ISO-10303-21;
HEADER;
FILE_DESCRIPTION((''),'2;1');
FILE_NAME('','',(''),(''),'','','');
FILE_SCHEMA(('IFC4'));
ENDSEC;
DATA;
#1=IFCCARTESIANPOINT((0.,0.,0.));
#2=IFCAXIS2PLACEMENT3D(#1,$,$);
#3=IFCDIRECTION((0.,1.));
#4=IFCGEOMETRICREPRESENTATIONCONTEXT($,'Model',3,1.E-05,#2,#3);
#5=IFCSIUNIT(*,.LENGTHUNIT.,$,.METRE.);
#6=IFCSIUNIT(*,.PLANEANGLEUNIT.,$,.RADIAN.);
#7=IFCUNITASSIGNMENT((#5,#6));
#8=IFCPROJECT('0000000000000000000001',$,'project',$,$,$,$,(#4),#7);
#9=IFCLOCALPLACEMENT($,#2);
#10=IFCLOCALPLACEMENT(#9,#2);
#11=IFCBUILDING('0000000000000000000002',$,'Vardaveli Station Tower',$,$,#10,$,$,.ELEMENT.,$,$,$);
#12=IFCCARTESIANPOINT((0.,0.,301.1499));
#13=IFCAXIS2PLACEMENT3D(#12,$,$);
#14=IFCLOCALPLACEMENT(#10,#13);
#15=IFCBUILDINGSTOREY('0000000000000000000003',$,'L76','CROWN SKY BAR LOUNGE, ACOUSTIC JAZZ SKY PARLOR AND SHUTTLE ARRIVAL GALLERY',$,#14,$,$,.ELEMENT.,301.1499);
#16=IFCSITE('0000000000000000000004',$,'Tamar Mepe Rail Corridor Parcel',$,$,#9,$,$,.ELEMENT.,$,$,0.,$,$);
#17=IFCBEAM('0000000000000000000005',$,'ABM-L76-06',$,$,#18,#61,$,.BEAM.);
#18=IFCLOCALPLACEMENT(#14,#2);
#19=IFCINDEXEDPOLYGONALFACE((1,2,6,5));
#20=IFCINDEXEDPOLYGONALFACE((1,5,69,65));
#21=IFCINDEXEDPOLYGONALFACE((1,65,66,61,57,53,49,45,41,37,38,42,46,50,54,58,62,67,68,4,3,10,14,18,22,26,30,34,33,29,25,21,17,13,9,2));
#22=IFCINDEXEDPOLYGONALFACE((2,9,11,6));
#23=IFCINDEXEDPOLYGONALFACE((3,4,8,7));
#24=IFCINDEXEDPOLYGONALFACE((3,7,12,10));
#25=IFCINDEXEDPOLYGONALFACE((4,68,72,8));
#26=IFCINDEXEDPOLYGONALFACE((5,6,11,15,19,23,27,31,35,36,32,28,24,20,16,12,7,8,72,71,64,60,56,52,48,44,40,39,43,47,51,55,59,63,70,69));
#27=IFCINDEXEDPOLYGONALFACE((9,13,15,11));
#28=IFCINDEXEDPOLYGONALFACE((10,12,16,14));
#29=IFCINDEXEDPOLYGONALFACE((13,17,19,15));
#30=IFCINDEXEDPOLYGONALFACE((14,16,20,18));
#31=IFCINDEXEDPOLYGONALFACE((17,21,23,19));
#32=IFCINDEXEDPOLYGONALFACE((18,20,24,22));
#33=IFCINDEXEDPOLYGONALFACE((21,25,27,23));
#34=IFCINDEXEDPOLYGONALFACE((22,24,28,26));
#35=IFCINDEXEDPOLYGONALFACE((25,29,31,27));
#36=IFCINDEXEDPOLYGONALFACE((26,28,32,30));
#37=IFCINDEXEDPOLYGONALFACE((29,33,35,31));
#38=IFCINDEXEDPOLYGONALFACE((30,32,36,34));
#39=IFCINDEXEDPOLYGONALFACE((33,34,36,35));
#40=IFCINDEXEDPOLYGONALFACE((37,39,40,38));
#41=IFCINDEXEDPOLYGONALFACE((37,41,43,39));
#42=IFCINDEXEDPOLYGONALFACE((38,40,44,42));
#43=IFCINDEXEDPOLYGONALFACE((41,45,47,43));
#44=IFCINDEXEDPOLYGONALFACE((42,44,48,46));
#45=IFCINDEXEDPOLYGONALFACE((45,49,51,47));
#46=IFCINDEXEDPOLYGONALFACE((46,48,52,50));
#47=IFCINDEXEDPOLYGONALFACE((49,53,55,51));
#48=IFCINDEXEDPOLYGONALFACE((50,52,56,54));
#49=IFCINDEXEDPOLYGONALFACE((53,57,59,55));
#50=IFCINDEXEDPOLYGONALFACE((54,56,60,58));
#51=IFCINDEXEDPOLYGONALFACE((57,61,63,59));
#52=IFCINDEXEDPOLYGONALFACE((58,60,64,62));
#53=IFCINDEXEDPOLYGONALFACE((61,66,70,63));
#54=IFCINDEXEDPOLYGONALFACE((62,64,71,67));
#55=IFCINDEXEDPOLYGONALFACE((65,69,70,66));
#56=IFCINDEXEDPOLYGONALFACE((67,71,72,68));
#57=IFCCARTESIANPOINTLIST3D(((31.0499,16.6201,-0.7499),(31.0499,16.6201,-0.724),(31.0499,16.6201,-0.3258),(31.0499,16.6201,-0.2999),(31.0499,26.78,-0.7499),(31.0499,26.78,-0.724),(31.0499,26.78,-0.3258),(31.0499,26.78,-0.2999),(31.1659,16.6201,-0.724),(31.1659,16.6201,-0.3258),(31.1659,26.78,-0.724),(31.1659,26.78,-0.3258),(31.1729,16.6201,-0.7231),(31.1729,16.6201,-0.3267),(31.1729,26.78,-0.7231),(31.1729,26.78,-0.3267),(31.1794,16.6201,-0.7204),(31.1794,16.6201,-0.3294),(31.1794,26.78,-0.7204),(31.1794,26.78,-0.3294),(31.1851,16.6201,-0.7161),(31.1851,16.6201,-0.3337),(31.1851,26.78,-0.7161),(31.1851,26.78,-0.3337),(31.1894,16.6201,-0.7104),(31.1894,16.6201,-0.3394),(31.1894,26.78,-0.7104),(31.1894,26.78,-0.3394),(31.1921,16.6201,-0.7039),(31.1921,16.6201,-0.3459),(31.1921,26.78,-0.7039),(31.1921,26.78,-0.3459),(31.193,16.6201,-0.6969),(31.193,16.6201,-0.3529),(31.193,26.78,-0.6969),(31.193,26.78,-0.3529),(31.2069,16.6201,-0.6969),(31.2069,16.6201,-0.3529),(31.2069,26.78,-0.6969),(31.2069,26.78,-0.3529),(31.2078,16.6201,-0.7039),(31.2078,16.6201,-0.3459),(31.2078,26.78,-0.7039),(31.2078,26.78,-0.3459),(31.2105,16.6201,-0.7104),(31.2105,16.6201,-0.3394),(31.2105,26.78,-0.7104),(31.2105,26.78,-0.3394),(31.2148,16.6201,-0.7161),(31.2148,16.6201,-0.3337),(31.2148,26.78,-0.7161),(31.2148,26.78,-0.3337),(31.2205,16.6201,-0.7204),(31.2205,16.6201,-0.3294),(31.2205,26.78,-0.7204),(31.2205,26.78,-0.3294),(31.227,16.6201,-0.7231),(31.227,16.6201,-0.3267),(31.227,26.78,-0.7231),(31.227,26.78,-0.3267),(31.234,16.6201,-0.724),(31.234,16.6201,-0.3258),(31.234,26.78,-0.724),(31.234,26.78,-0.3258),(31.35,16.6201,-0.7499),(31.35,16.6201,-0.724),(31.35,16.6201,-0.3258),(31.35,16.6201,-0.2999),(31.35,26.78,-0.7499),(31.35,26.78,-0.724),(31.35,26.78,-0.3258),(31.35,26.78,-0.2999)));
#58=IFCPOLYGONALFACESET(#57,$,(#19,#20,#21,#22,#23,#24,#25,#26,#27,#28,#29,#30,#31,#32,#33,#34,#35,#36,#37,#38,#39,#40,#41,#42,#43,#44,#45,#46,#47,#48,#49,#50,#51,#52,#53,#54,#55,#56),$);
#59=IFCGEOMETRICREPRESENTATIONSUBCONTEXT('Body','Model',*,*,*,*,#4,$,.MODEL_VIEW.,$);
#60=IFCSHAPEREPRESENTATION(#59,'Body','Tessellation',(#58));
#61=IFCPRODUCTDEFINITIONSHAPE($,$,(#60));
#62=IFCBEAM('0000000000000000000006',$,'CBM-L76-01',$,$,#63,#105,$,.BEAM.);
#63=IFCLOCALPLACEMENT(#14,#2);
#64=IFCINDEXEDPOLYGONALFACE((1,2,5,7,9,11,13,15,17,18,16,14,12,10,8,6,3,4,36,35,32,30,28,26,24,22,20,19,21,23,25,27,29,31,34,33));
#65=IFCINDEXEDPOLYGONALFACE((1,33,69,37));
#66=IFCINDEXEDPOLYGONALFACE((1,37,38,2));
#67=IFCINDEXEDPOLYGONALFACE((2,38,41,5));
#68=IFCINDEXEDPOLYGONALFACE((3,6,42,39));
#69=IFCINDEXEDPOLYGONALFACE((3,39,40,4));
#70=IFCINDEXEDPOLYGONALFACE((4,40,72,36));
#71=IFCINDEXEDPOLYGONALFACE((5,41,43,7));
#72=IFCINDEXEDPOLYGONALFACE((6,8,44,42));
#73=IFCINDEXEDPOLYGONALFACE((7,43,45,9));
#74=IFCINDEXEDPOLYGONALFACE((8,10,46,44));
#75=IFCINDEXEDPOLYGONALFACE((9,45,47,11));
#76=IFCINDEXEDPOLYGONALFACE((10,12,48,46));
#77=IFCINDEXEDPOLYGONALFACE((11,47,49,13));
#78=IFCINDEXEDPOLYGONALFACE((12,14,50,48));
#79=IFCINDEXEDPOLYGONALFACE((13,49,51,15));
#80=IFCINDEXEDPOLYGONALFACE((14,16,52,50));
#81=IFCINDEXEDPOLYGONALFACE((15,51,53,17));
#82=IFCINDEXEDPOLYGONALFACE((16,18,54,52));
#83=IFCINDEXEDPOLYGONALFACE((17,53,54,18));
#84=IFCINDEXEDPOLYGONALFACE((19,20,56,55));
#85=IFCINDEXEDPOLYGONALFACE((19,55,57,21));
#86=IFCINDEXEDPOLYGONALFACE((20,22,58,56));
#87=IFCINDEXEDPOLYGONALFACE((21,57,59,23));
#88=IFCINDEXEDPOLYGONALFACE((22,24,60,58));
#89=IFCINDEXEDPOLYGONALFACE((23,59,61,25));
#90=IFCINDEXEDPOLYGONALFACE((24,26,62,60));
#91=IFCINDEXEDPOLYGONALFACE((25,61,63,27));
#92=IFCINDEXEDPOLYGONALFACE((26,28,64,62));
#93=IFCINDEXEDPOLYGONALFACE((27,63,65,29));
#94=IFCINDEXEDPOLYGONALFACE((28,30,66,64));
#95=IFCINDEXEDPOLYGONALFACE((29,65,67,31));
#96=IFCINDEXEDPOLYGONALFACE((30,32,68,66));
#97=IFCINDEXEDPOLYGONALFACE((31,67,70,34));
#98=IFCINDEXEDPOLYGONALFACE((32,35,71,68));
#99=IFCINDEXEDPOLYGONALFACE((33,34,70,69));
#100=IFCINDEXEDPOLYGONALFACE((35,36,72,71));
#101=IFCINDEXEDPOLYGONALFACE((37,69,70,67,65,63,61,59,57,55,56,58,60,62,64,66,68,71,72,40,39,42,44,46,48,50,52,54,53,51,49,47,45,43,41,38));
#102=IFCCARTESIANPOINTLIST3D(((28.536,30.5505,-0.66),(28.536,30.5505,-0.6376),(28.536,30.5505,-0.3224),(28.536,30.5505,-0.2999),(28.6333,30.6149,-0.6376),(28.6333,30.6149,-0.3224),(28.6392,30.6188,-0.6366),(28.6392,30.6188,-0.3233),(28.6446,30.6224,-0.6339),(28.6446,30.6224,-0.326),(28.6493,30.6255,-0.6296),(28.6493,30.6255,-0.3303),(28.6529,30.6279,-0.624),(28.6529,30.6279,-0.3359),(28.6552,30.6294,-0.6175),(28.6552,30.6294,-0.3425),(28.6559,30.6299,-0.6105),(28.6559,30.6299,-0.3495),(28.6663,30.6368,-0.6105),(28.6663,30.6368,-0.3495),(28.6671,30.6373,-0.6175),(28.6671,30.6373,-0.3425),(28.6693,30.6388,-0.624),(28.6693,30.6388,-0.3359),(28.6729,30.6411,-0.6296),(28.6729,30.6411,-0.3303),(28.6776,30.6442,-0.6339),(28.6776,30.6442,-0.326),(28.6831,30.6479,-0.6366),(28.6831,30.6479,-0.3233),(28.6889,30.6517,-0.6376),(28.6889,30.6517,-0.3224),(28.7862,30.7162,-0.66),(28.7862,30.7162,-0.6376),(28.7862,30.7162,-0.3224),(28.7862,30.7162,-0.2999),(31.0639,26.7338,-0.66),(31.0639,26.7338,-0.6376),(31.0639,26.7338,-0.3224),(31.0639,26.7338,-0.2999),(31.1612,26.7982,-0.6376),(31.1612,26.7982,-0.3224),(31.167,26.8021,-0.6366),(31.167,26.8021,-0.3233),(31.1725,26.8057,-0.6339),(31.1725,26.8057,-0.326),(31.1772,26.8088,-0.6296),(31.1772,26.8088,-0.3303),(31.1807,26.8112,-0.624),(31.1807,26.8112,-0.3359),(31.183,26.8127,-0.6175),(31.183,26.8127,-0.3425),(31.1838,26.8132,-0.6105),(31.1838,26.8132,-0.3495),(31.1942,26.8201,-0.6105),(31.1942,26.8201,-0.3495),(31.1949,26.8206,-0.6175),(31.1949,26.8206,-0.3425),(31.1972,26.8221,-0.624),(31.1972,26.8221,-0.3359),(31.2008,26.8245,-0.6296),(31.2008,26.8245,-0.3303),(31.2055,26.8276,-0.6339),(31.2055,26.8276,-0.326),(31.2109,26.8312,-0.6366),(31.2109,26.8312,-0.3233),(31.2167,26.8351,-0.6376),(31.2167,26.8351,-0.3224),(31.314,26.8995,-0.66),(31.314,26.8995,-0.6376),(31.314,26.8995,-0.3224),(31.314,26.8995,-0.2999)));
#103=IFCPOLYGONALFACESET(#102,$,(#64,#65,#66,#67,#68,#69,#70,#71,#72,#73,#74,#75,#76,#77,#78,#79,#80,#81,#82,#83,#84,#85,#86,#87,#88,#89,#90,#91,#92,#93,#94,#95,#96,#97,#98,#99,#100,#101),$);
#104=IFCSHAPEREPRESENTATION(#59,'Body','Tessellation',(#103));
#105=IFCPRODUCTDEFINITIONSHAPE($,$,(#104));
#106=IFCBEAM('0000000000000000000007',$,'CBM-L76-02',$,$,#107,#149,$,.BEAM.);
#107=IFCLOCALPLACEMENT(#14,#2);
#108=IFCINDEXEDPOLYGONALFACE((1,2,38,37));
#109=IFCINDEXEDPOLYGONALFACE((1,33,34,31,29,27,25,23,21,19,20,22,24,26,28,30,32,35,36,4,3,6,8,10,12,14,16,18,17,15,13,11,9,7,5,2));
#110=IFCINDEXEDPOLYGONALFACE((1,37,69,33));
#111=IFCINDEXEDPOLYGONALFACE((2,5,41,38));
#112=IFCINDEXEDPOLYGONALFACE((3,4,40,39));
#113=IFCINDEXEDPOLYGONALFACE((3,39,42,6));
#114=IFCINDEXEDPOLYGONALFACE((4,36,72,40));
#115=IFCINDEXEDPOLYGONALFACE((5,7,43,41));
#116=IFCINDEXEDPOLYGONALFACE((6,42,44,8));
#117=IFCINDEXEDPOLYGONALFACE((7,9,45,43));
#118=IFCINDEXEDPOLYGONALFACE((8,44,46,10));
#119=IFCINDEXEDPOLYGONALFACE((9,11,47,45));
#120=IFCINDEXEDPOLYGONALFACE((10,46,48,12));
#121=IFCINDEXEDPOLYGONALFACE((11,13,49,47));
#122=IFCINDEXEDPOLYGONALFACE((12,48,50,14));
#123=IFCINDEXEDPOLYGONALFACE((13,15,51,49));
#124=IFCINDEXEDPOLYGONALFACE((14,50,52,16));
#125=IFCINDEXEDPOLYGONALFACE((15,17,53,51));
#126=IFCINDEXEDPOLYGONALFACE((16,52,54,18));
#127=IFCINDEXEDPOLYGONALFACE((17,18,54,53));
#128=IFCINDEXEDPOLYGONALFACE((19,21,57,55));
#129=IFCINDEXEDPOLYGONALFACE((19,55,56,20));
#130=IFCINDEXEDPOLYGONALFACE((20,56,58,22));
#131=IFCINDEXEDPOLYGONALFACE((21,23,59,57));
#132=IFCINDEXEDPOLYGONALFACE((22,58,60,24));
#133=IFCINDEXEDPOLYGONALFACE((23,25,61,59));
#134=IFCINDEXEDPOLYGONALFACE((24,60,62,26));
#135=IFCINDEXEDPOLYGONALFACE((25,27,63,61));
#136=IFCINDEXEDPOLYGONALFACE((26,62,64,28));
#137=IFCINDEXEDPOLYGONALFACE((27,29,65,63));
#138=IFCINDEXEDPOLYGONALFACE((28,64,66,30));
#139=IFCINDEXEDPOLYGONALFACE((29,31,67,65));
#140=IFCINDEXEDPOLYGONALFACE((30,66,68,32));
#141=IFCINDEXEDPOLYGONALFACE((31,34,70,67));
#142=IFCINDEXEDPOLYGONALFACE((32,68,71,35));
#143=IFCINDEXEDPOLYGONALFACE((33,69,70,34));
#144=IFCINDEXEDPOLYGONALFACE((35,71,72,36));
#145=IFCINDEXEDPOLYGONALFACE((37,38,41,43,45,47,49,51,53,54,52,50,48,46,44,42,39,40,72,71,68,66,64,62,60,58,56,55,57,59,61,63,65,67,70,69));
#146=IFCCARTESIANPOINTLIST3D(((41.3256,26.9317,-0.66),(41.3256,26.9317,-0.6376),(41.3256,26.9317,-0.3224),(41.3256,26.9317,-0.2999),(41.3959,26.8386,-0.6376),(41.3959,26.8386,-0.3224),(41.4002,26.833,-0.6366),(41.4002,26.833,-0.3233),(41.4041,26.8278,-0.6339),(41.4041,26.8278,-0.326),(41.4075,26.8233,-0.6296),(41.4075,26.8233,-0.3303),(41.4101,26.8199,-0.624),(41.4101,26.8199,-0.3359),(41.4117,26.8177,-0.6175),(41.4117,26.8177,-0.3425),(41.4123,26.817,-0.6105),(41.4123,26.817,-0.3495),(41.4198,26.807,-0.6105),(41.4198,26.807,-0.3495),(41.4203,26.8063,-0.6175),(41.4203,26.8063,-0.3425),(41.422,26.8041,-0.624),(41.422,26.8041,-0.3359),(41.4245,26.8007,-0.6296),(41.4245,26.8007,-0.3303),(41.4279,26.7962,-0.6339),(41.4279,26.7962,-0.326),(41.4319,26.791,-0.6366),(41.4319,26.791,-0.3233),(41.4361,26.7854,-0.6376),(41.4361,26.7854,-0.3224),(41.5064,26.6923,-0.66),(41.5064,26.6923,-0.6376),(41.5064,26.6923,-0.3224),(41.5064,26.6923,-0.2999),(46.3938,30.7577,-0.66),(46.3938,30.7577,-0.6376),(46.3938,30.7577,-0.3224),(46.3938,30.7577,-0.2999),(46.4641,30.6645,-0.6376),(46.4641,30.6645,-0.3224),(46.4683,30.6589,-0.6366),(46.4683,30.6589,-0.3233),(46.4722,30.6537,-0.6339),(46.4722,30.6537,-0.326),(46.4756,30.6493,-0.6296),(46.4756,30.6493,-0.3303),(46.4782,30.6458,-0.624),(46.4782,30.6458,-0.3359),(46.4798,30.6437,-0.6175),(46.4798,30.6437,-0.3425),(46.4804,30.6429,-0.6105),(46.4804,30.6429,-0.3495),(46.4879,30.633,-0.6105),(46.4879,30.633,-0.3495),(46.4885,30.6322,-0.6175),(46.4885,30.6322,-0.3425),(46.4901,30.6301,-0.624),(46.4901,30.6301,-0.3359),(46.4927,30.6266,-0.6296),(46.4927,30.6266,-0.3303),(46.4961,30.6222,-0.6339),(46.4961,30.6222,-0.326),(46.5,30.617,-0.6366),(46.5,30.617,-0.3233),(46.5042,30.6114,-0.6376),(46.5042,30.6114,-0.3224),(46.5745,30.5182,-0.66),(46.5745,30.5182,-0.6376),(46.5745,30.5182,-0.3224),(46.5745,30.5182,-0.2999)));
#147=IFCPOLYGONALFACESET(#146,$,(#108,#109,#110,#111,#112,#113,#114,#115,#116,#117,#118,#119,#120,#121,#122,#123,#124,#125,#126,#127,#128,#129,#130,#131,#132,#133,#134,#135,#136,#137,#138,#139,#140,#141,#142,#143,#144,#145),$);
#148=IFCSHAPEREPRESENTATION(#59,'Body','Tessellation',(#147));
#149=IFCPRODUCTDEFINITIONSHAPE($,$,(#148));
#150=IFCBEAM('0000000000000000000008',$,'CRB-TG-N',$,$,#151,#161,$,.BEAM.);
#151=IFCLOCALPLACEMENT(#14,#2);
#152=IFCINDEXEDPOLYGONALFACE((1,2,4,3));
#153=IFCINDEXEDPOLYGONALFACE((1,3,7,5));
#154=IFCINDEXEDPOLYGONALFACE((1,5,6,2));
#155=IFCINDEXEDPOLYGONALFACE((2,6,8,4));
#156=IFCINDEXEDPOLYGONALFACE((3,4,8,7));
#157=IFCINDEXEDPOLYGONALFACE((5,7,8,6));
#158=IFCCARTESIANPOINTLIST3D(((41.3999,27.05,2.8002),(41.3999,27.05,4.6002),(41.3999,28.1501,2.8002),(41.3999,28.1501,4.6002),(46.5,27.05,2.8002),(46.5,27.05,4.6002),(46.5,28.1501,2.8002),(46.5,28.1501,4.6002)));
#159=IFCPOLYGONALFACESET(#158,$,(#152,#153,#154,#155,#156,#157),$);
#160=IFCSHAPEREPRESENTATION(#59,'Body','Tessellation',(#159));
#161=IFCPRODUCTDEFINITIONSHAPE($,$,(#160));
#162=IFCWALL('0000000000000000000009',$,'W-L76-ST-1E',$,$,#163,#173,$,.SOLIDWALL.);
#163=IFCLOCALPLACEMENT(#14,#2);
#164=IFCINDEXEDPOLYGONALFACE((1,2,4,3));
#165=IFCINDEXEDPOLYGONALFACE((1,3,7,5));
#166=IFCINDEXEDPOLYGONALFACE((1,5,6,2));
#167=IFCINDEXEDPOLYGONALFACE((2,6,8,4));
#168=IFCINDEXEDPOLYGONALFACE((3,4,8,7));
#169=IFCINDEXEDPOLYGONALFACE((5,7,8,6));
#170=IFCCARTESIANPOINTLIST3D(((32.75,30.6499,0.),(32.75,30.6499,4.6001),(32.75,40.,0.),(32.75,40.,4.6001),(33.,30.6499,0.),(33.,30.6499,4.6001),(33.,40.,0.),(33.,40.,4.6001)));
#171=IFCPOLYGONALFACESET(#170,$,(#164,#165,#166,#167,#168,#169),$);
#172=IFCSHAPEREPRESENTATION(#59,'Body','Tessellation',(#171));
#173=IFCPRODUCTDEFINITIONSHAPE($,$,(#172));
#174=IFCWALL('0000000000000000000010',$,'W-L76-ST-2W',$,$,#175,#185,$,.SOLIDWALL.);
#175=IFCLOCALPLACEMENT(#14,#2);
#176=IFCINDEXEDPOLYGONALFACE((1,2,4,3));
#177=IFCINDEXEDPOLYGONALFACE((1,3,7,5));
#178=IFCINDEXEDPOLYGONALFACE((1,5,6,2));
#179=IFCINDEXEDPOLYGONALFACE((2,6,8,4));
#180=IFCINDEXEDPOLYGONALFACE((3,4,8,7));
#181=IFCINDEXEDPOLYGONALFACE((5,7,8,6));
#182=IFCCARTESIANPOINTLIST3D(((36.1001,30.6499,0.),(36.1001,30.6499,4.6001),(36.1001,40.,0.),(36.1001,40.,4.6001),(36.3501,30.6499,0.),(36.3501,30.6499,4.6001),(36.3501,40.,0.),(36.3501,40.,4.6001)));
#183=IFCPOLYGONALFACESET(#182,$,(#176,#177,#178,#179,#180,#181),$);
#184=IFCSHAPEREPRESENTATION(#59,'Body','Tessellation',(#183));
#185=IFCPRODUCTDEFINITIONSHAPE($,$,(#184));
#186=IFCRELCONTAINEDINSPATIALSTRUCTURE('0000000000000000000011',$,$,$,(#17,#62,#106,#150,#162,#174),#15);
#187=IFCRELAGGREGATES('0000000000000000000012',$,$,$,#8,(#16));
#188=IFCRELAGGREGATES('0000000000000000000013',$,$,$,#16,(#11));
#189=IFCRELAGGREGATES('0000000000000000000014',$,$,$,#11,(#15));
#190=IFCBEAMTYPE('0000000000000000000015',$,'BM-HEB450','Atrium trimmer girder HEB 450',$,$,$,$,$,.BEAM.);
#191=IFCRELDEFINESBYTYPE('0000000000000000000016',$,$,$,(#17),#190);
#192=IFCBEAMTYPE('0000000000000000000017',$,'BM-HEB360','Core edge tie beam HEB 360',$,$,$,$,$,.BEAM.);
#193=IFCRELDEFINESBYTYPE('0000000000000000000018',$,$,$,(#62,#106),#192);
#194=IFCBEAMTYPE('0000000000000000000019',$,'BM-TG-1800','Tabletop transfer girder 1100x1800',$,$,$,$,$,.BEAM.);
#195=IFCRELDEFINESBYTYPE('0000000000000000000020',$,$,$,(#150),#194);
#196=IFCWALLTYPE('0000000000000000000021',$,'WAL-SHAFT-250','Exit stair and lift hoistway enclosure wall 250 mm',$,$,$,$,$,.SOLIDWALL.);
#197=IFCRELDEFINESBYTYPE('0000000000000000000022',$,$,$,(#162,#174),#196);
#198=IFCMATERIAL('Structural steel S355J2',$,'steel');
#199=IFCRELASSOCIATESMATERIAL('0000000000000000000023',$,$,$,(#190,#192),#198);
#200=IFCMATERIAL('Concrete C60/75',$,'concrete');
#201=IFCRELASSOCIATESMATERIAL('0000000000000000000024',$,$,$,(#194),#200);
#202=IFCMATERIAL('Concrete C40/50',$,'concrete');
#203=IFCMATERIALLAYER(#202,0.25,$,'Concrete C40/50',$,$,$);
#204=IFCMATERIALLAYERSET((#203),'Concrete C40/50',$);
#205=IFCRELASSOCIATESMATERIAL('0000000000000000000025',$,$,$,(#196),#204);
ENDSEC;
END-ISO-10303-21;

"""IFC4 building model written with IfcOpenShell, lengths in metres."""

from ifc_helpers import new_model, si_unit, direction, frame, frame_2d, origin, origin_2d, place, context, subcontext, project, spatial, rectangle, i_section, extrude, source, transform, mapped, material, layer, layer_set, material_profile, profile_set, type_object, element, save


model = new_model("IFC4")

# Units and contexts
model_context = context("Model", 3, precision=1e-05, world=origin(), true_north=direction((0.0, 1.0)))
body_context = subcontext(model_context, "Body", "Model", "MODEL_VIEW")
ifc_project = project(units=[si_unit("LENGTHUNIT", "METRE"), si_unit("PLANEANGLEUNIT", "RADIAN")], contexts=[model_context])

# Site, building, storey
site_placement = place(None, origin())
site = spatial("IfcSite", under=ifc_project, at=site_placement, Name="Tamar Mepe Rail Corridor Parcel", CompositionType="ELEMENT", RefElevation=0.0)
building_placement = place(site_placement, origin())
building = spatial("IfcBuilding", under=site, at=building_placement, Name="Vardaveli Station Tower", CompositionType="ELEMENT")
storey_placement = place(building_placement, frame((0.0, 0.0, 301.1499)))
storey = spatial("IfcBuildingStorey", under=building, at=storey_placement, Name="L76", Description="CROWN SKY BAR LOUNGE, ACOUSTIC JAZZ SKY PARLOR AND SHUTTLE ARRIVAL GALLERY", CompositionType="ELEMENT", Elevation=301.1499)

# Beams
ifc_material_1 = material(Name="Structural steel S355J2", Category="steel")
ifc_material_profile_1 = material_profile(ifc_material_1, i_section(OverallWidth=0.3, OverallDepth=0.45, WebThickness=0.0139, FlangeThickness=0.0259, FilletRadius=0.0271, at=origin_2d()), Name="HEB 450")
ifc_profile_set_1 = profile_set([ifc_material_profile_1], Name="Structural steel S355J2")
beam_type_1 = type_object("IfcBeamType", Name="BM-HEB450", Description="Atrium trimmer girder HEB 450", PredefinedType="BEAM", material=ifc_profile_set_1)
shared_shape_1 = source(origin(), body_context, "Body", "SweptSolid", [
    extrude(i_section(OverallWidth=0.3, OverallDepth=0.45, WebThickness=0.0139, FlangeThickness=0.0259, FilletRadius=0.0271, at=origin_2d()), origin(), (0.0, 0.0, 1.0), 10.1599),
])
beam_1_placement = place(storey_placement, frame((31.2, 26.78, -0.5249), z_axis=(0.0, -1.0, 0.0), x_axis=(1.0, 0.0, 0.0)))
element("IfcBeam", 1, at=beam_1_placement, inside=storey, type_object=beam_type_1, Name="ABM-L76-06", PredefinedType="BEAM", context=body_context, shape_type="MappedRepresentation", body=[
    mapped(shared_shape_1, transform((0.0, 0.0, 0.0), scale=1.0)),
])
ifc_material_profile_2 = material_profile(ifc_material_1, i_section(OverallWidth=0.3, OverallDepth=0.3601, WebThickness=0.0125, FlangeThickness=0.0225, FilletRadius=0.0271, at=origin_2d()), Name="HEB 360")
ifc_profile_set_2 = profile_set([ifc_material_profile_2], Name="Structural steel S355J2")
beam_type_2 = type_object("IfcBeamType", Name="BM-HEB360", Description="Core edge tie beam HEB 360", PredefinedType="BEAM", material=ifc_profile_set_2)
shared_shape_2 = source(origin(), body_context, "Body", "SweptSolid", [
    extrude(i_section(OverallWidth=0.3, OverallDepth=0.3601, WebThickness=0.0125, FlangeThickness=0.0225, FilletRadius=0.0271, at=origin_2d()), origin(), (0.0, 0.0, 1.0), 4.5779),
])
beam_2_placement = place(storey_placement, frame((31.189, 26.8167, -0.48), z_axis=(-0.552187, 0.83372, 0.0), x_axis=(-0.83372, -0.552187, 0.0)))
element("IfcBeam", 2, at=beam_2_placement, inside=storey, type_object=beam_type_2, Name="CBM-L76-01", PredefinedType="BEAM", context=body_context, shape_type="MappedRepresentation", body=[
    mapped(shared_shape_2, transform((0.0, 0.0, 0.0), scale=1.0)),
])
shared_shape_3 = source(origin(), body_context, "Body", "SweptSolid", [
    extrude(i_section(OverallWidth=0.3, OverallDepth=0.3601, WebThickness=0.0125, FlangeThickness=0.0225, FilletRadius=0.0271, at=origin_2d()), origin(), (0.0, 0.0, 1.0), 6.3501),
])
beam_3_placement = place(storey_placement, frame((41.416, 26.812, -0.48), z_axis=(0.798118, 0.602501, 0.0), x_axis=(-0.602501, 0.798118, 0.0)))
element("IfcBeam", 3, at=beam_3_placement, inside=storey, type_object=beam_type_2, Name="CBM-L76-02", PredefinedType="BEAM", context=body_context, shape_type="MappedRepresentation", body=[
    mapped(shared_shape_3, transform((0.0, 0.0, 0.0), scale=1.0)),
])
ifc_material_2 = material(Name="Concrete C60/75", Category="concrete")
ifc_material_profile_3 = material_profile(ifc_material_2, rectangle(XDim=1.1001, YDim=1.8, at=origin_2d()), Name="TG 1100x1800")
ifc_profile_set_3 = profile_set([ifc_material_profile_3], Name="Concrete C60/75")
beam_type_3 = type_object("IfcBeamType", Name="BM-TG-1800", Description="Tabletop transfer girder 1100x1800", PredefinedType="BEAM", material=ifc_profile_set_3)
shared_shape_4 = source(origin(), body_context, "Body", "SweptSolid", [
    extrude(rectangle(XDim=1.1001, YDim=1.8, at=origin_2d()), origin(), (0.0, 0.0, 1.0), 5.1001),
])
beam_4_placement = place(storey_placement, frame((41.3999, 27.6001, 3.7002), z_axis=(1.0, 0.0, 0.0), x_axis=(0.0, 1.0, 0.0)))
element("IfcBeam", 4, at=beam_4_placement, inside=storey, type_object=beam_type_3, Name="CRB-TG-N", PredefinedType="BEAM", context=body_context, shape_type="MappedRepresentation", body=[
    mapped(shared_shape_4, transform((0.0, 0.0, 0.0), scale=1.0)),
])

# Walls
ifc_material_3 = material(Name="Concrete C40/50", Category="concrete")
ifc_layer_1 = layer(ifc_material_3, 0.25, Name="Concrete C40/50")
ifc_layer_set_1 = layer_set([ifc_layer_1], Name="Concrete C40/50")
wall_type_1 = type_object("IfcWallType", Name="WAL-SHAFT-250", Description="Exit stair and lift hoistway enclosure wall 250 mm", PredefinedType="SOLIDWALL", material=ifc_layer_set_1)
shared_shape_5 = source(origin(), body_context, "Body", "SweptSolid", [
    extrude(rectangle(XDim=9.3501, YDim=0.25, at=frame_2d((4.675, 0.0))), origin(), (0.0, 0.0, 1.0), 4.6001),
])
for number, where, z_axis, x_axis, name in (
    (5, (32.875, 30.6499, 0.0), (0.0, 0.0, 1.0), (0.0, 1.0, 0.0), "W-L76-ST-1E"),
    (6, (36.2251, 30.6499, 0.0), (0.0, 0.0, 1.0), (0.0, 1.0, 0.0), "W-L76-ST-2W"),
):
    element("IfcWall", number, at=place(storey_placement, frame(where, z_axis=z_axis, x_axis=x_axis)), inside=storey, type_object=wall_type_1, Name=name, PredefinedType="SOLIDWALL", context=body_context, shape_type="MappedRepresentation", body=[
        mapped(shared_shape_5, transform((0.0, 0.0, 0.0), scale=1.0)),
    ])

save(model, "model.ifc")
